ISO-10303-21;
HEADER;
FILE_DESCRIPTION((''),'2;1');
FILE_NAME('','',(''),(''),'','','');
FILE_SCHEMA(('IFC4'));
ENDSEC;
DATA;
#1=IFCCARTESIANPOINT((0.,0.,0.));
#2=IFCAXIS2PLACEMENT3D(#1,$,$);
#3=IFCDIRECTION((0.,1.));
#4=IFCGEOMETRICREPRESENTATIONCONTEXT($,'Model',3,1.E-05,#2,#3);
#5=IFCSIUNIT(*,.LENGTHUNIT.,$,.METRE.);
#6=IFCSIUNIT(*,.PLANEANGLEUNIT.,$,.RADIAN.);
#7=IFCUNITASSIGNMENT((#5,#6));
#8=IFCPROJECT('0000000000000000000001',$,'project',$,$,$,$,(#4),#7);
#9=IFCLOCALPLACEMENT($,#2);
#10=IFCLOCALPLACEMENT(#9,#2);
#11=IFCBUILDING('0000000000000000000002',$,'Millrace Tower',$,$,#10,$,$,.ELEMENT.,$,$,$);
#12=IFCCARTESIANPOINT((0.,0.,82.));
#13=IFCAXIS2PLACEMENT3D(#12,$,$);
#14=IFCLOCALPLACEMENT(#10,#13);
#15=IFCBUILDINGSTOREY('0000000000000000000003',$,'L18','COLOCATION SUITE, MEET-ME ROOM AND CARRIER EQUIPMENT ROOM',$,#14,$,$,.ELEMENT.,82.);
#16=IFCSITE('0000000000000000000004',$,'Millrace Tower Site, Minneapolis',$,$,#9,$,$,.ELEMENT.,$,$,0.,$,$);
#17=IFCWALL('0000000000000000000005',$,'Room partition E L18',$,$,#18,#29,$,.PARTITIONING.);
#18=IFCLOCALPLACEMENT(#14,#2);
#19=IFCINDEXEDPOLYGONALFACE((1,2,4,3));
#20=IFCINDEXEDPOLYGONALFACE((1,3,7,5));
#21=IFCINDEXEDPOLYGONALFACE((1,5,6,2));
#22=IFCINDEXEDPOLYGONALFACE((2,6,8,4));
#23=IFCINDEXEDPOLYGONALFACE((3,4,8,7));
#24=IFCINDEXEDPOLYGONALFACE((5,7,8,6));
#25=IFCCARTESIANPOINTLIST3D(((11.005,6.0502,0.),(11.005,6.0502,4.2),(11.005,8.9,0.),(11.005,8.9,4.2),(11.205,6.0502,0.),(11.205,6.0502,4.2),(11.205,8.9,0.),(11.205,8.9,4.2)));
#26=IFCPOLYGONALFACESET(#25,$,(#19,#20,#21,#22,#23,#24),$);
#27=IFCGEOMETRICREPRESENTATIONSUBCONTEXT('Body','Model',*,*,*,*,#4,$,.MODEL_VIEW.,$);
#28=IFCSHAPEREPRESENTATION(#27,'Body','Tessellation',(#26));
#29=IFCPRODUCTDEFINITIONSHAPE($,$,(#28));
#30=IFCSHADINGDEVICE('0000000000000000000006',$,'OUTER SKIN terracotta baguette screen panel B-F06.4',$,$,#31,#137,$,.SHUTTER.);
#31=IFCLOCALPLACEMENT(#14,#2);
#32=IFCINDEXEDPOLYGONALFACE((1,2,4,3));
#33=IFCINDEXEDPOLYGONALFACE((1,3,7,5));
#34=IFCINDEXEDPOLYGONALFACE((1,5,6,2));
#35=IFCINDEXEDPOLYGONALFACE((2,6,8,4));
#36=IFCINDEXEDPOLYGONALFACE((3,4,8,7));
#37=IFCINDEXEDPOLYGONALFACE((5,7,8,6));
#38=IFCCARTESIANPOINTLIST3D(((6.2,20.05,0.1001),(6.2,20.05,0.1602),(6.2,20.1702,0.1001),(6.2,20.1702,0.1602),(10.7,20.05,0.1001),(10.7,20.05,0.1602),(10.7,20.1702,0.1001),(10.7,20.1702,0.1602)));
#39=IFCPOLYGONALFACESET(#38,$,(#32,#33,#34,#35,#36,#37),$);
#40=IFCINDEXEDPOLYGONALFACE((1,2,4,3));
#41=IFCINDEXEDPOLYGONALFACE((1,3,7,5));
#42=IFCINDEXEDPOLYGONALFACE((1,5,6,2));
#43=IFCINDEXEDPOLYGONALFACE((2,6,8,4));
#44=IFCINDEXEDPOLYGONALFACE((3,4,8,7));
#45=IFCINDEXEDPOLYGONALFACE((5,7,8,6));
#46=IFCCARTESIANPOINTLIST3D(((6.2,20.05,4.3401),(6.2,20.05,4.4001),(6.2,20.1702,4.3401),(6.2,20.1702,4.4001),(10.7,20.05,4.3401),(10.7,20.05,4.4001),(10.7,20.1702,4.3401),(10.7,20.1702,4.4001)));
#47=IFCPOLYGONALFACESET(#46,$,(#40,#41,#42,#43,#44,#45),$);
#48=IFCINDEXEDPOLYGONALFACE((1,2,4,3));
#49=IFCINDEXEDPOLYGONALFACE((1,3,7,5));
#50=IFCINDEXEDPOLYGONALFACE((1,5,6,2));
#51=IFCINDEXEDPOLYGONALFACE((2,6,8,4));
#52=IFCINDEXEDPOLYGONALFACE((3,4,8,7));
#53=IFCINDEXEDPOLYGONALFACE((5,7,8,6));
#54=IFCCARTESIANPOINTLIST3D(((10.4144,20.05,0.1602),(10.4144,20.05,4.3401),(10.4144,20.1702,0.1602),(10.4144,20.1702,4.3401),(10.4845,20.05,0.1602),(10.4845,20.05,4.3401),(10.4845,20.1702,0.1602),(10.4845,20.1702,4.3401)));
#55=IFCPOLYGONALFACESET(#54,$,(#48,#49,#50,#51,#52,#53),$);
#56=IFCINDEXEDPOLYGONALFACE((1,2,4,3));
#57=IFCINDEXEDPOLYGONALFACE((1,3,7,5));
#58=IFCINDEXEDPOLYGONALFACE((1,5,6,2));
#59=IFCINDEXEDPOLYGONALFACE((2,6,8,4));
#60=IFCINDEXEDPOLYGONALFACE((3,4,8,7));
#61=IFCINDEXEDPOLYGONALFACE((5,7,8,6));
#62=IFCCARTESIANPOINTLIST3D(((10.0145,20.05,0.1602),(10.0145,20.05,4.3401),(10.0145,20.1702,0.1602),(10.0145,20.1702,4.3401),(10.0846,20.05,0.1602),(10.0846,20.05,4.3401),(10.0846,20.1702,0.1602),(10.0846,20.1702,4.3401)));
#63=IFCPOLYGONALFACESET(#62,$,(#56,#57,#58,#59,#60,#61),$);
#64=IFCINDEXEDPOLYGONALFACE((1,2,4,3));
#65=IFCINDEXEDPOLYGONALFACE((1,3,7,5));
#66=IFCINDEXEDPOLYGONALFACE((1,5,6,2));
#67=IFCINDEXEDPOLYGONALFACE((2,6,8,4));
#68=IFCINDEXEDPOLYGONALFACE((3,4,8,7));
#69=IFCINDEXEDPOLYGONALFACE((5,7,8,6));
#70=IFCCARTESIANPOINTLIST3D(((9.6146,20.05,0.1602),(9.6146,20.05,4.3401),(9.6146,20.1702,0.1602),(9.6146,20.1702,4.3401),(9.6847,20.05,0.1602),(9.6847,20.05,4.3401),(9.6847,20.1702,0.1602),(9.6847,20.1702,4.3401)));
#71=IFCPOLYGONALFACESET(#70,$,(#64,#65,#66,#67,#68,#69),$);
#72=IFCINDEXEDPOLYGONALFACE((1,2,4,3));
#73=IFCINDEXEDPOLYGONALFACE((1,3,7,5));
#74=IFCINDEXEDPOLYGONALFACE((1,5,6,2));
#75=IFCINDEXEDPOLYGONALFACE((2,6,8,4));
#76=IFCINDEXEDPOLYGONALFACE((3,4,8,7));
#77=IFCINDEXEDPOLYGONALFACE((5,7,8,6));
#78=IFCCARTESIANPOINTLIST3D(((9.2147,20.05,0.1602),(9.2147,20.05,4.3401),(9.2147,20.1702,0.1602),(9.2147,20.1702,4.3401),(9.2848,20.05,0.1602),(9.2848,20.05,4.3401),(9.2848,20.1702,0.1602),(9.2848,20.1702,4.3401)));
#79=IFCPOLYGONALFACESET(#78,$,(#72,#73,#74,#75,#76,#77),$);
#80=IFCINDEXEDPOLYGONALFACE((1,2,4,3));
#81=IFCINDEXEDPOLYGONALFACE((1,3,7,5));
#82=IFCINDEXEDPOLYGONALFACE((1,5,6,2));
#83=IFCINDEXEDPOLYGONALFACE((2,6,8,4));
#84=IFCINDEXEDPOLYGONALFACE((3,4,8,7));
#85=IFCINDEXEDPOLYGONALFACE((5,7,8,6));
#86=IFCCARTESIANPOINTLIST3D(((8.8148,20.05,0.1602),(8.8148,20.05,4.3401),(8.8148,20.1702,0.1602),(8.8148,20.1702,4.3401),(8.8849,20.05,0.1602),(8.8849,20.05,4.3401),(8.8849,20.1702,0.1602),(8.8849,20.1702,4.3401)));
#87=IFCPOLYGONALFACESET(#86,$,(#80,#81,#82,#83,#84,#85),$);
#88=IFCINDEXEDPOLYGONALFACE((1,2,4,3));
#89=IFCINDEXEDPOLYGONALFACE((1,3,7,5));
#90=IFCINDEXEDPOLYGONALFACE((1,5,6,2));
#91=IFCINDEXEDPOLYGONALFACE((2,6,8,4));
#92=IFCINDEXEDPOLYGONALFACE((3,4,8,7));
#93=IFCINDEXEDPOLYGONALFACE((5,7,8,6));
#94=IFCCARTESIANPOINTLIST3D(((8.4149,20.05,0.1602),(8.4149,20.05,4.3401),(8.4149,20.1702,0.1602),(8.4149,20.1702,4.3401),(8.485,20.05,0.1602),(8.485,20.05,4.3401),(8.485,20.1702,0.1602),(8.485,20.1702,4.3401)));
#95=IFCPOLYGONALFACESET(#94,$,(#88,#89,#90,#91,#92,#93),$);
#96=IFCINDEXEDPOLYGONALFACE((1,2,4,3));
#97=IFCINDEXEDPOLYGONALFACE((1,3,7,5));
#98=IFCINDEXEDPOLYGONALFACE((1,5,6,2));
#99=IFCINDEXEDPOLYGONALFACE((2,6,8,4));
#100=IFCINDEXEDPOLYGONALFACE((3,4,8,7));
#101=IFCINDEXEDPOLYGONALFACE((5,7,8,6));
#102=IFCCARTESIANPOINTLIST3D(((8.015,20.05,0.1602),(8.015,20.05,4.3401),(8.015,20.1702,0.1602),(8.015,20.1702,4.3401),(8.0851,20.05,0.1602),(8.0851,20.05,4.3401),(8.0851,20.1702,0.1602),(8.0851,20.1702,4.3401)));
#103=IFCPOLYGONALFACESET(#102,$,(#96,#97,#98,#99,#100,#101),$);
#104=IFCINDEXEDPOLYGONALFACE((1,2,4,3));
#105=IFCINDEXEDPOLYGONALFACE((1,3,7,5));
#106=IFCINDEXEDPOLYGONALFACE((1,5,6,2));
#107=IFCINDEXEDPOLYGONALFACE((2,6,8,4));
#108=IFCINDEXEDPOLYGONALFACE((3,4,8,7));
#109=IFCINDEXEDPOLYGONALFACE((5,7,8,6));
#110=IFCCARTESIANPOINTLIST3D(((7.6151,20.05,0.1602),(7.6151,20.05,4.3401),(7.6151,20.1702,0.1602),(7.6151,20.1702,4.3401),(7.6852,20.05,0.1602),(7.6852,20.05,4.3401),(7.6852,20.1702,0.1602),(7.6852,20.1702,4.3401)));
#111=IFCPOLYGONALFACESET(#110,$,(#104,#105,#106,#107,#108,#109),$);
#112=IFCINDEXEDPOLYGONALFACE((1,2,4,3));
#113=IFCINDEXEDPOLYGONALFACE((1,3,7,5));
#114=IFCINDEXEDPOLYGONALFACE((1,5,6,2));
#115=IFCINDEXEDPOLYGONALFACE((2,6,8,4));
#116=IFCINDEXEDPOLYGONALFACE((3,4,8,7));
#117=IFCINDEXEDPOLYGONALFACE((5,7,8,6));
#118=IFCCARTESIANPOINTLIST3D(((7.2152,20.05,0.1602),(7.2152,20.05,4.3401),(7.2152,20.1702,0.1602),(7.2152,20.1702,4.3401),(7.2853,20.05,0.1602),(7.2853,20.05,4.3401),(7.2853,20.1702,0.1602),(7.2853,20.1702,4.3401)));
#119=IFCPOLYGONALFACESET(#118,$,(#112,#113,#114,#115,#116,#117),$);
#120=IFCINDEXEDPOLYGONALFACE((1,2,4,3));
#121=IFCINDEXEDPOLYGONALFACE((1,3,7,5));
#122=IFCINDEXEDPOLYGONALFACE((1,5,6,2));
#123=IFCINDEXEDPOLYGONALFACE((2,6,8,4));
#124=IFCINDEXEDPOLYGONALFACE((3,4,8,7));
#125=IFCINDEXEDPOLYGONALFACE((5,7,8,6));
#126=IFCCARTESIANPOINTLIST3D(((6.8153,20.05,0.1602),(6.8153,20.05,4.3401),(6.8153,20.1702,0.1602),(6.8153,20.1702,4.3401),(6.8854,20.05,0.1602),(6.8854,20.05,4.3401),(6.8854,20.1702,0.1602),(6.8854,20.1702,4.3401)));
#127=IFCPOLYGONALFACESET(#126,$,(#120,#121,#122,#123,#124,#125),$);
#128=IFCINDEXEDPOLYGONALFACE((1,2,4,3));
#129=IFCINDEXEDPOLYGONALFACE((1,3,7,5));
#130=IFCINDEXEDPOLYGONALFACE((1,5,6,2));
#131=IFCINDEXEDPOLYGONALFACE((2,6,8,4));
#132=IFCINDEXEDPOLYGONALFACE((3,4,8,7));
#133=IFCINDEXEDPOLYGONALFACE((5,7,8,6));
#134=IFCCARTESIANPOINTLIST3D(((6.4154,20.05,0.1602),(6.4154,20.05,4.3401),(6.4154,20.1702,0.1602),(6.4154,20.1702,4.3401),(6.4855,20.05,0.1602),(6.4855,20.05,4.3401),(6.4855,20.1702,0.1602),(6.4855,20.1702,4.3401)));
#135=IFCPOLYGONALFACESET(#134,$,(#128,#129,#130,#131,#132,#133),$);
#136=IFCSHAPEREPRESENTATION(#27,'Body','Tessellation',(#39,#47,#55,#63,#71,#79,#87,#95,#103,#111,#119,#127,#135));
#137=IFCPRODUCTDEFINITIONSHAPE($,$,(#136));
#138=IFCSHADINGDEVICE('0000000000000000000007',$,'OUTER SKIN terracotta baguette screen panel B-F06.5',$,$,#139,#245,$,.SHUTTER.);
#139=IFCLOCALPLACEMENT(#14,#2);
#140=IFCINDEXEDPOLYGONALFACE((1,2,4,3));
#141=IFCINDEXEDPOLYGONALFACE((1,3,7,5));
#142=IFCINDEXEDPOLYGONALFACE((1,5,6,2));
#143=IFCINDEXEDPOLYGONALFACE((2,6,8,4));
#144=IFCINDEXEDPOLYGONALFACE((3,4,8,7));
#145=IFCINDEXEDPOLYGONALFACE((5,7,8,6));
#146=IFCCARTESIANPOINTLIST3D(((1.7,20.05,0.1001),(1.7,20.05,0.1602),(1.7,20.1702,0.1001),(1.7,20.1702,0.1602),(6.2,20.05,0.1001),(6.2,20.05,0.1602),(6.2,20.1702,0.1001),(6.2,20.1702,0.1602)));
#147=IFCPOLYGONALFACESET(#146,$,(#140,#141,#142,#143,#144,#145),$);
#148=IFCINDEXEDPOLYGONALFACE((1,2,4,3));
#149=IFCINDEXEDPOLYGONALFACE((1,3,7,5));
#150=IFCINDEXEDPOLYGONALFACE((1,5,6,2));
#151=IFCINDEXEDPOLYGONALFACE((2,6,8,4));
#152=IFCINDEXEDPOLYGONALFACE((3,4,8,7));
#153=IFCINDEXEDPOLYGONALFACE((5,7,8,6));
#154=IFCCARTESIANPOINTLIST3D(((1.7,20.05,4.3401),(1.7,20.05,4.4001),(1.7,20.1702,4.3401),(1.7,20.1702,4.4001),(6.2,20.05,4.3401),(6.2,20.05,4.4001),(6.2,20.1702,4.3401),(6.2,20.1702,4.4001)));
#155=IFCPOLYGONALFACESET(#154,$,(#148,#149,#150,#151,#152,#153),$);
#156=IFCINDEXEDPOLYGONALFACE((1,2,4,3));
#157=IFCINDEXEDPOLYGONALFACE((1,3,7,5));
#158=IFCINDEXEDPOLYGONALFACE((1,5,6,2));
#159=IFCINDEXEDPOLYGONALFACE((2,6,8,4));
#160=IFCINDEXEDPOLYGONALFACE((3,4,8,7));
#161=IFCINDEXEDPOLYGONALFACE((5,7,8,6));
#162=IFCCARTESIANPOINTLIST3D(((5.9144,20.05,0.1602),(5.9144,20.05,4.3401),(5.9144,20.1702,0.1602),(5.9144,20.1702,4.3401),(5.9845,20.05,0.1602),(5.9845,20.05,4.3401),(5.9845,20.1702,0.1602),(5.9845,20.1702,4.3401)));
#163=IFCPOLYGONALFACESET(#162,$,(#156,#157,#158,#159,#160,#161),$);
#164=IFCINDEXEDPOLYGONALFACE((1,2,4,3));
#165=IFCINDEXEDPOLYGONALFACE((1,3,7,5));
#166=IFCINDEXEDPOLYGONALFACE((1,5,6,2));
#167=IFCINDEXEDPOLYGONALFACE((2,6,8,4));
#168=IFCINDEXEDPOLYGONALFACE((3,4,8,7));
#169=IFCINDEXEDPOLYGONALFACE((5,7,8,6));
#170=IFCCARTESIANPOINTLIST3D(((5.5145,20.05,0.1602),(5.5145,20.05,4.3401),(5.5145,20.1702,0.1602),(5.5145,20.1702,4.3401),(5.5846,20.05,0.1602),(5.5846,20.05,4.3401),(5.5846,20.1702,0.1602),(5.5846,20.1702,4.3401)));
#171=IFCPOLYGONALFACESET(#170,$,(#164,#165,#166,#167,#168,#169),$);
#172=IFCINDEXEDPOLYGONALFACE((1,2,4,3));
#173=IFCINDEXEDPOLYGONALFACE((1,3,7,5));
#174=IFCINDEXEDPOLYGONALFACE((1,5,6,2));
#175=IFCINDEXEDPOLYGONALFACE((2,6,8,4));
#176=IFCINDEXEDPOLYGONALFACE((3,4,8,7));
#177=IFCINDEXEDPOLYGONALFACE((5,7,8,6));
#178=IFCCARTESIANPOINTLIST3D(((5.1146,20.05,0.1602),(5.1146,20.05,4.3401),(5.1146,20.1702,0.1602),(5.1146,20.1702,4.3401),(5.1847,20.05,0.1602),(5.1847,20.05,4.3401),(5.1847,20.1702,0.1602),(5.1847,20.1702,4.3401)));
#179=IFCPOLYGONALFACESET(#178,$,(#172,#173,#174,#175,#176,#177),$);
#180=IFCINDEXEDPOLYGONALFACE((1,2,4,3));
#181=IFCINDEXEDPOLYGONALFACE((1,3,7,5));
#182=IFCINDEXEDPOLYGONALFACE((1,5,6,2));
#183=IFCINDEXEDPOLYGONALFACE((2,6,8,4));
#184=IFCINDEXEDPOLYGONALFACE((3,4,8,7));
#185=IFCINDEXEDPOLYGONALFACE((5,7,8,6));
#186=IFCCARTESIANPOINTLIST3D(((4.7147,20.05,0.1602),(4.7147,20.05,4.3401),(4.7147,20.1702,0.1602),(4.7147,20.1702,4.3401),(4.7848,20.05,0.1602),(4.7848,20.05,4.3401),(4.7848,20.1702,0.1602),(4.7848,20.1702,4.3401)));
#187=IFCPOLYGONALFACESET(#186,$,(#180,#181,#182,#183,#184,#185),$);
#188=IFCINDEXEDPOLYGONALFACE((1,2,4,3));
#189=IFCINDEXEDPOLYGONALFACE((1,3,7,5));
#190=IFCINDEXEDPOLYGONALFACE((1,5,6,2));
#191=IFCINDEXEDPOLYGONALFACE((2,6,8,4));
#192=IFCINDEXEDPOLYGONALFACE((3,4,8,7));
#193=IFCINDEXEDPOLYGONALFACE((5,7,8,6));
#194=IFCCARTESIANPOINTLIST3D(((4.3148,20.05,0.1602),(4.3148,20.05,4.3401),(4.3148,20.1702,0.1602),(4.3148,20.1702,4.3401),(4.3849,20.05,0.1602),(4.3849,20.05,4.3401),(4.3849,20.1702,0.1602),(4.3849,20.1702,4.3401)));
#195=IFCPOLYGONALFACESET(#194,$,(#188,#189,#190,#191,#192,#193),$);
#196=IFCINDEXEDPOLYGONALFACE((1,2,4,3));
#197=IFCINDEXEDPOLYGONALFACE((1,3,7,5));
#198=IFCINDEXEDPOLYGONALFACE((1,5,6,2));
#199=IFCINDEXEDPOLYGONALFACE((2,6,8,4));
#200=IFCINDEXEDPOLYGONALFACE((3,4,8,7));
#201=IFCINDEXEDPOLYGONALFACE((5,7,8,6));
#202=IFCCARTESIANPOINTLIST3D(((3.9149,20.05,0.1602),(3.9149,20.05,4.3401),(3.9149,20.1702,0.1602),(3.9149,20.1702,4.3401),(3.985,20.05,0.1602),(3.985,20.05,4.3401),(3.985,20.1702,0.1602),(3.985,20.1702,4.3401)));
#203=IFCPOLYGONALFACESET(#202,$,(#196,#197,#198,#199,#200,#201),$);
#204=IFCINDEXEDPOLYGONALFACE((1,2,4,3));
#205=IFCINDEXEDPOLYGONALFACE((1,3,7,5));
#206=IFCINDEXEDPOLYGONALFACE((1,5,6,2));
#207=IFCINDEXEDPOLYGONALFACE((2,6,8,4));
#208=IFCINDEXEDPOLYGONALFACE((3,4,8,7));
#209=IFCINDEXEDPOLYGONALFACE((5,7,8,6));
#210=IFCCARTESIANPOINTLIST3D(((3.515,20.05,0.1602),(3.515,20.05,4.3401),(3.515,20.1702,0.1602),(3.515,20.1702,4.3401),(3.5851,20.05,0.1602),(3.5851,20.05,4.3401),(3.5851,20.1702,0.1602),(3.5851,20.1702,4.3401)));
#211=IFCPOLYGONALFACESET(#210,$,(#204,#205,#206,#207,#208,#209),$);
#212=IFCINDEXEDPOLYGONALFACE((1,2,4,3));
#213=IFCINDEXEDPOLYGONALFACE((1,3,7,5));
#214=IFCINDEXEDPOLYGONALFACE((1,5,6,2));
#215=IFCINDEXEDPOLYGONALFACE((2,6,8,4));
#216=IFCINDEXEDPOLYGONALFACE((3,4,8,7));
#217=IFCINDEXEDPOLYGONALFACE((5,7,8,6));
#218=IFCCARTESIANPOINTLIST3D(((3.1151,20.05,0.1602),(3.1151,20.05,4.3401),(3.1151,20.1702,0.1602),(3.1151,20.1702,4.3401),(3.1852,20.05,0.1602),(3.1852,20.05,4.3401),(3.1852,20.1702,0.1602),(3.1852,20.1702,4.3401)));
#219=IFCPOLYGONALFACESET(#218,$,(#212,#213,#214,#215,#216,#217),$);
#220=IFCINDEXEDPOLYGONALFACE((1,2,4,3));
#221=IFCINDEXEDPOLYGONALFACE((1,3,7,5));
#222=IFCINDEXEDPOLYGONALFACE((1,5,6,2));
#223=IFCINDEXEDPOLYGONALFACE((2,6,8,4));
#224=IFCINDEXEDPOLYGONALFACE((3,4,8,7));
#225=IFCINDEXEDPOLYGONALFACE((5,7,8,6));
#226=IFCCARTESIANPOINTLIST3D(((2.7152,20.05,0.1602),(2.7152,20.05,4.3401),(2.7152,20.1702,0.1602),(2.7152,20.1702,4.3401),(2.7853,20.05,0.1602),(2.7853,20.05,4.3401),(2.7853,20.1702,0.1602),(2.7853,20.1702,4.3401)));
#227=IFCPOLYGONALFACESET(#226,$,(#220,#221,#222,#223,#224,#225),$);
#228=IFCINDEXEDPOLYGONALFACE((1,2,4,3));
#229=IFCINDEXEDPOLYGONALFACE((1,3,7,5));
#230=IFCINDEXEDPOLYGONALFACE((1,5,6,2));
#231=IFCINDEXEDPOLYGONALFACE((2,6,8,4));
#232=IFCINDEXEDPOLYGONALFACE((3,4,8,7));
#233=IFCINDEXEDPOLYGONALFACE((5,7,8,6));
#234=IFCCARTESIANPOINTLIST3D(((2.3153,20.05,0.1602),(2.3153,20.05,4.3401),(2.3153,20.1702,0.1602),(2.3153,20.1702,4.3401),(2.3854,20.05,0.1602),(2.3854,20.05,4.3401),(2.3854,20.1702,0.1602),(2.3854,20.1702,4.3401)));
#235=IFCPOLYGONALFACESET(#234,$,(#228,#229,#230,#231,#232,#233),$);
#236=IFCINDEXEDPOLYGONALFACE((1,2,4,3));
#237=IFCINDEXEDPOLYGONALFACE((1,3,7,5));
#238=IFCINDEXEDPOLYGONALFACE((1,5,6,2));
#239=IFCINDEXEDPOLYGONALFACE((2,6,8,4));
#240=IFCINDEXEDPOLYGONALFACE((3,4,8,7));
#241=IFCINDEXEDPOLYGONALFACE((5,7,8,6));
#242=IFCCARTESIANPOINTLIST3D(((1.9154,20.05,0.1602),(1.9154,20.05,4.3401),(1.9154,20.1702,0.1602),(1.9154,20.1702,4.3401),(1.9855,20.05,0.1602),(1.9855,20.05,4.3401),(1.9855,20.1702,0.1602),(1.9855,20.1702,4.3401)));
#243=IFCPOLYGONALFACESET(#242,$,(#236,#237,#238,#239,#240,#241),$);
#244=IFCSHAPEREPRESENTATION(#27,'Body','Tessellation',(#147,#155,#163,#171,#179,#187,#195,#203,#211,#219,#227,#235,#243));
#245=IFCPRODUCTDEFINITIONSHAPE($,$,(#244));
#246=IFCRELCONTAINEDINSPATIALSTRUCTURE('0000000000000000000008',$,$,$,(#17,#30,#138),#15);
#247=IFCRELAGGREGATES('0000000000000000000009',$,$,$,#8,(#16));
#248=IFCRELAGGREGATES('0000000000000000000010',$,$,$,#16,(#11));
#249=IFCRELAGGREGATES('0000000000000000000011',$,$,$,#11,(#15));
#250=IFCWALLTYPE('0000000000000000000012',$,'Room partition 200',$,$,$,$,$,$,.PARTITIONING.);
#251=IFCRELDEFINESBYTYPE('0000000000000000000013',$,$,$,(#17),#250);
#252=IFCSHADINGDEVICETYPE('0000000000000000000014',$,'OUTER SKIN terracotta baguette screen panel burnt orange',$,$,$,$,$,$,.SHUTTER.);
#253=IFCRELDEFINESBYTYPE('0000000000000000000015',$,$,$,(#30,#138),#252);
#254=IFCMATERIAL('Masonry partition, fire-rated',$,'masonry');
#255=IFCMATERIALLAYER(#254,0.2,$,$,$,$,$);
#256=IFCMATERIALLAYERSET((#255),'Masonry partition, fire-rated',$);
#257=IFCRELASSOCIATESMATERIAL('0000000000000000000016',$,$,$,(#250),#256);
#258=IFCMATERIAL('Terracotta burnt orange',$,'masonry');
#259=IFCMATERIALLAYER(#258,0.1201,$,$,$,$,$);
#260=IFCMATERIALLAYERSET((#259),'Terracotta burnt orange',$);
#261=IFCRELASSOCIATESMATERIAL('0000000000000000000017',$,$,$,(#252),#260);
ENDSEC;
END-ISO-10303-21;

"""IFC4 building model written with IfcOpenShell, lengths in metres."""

from ifc_helpers import new_model, entity, si_unit, direction, frame, frame_2d, origin, origin_2d, place, context, subcontext, project, spatial, rectangle, extrude, source, transform, mapped, material, layer, layer_set, type_object, element, save


model = new_model("IFC4")

# Units and contexts
model_context = context("Model", 3, precision=1e-05, world=origin(), true_north=direction((0.0, 1.0)))
body_context = subcontext(model_context, "Body", "Model", "MODEL_VIEW")
ifc_project = project(units=[si_unit("LENGTHUNIT", "METRE"), si_unit("PLANEANGLEUNIT", "RADIAN")], contexts=[model_context])

# Site, building, storey
site_placement = place(None, origin())
site = spatial("IfcSite", under=ifc_project, at=site_placement, Name="Millrace Tower Site, Minneapolis", CompositionType="ELEMENT", RefElevation=0.0)
building_placement = place(site_placement, origin())
building = spatial("IfcBuilding", under=site, at=building_placement, Name="Millrace Tower", CompositionType="ELEMENT")
storey_placement = place(building_placement, frame((0.0, 0.0, 82.0)))
storey = spatial("IfcBuildingStorey", under=building, at=storey_placement, Name="L18", Description="COLOCATION SUITE, MEET-ME ROOM AND CARRIER EQUIPMENT ROOM", CompositionType="ELEMENT", Elevation=82.0)

# Wall
ifc_material_1 = material(Name="Masonry partition, fire-rated", Category="masonry")
ifc_layer_1 = layer(ifc_material_1, 0.2)
ifc_layer_set_1 = layer_set([ifc_layer_1], Name="Masonry partition, fire-rated")
wall_type_1 = type_object("IfcWallType", Name="Room partition 200", PredefinedType="PARTITIONING", material=ifc_layer_set_1)
wall_1_placement = place(storey_placement, frame((11.105, 8.8999, 0.0), z_axis=(0.0, 0.0, 1.0), x_axis=(0.0, -1.0, 0.0)))
element("IfcWall", 1, at=wall_1_placement, inside=storey, type_object=wall_type_1, Name="Room partition E L18", PredefinedType="PARTITIONING", context=body_context, shape_type="SweptSolid", body=[
    extrude(rectangle(XDim=2.8499, YDim=0.2, at=frame_2d((1.4248, 0.0))), origin(), (0.0, 0.0, 1.0), 4.2),
])

# Shading devices
ifc_material_2 = material(Name="Terracotta burnt orange", Category="masonry")
ifc_layer_2 = layer(ifc_material_2, 0.1201)
ifc_layer_set_2 = layer_set([ifc_layer_2], Name="Terracotta burnt orange")
shading_device_type = type_object("IfcShadingDeviceType", Name="OUTER SKIN terracotta baguette screen panel burnt orange", PredefinedType="SHUTTER", material=ifc_layer_set_2)
cartesian_point = entity("IfcCartesianPoint", [-2.25, 0.0601])
shared_polyline = entity("IfcPolyline", [cartesian_point, entity("IfcCartesianPoint", [2.25, 0.0601]), entity("IfcCartesianPoint", [2.25, -0.0601]), entity("IfcCartesianPoint", [-2.25, -0.0601]), cartesian_point])
shared_shape = source(origin(), body_context, "Body", "SweptSolid", [
    entity("IfcExtrudedAreaSolid", entity("IfcArbitraryClosedProfileDef", "AREA", None, shared_polyline), entity("IfcAxis2Placement3D", entity("IfcCartesianPoint", [0.0, 0.0, 0.0])), entity("IfcDirection", [0.0, 0.0, 1.0]), 0.0601),
    entity("IfcExtrudedAreaSolid", entity("IfcArbitraryClosedProfileDef", "AREA", None, shared_polyline), entity("IfcAxis2Placement3D", entity("IfcCartesianPoint", [0.0, 0.0, 4.24])), entity("IfcDirection", [0.0, 0.0, 1.0]), 0.0601),
    extrude(rectangle(XDim=0.0701, YDim=0.1201, at=frame_2d((-1.9995, 0.0))), frame((0.0, 0.0, 0.0601)), (0.0, 0.0, 1.0), 4.1799),
    extrude(rectangle(XDim=0.0701, YDim=0.1201, at=frame_2d((-1.5996, 0.0))), frame((0.0, 0.0, 0.0601)), (0.0, 0.0, 1.0), 4.1799),
    extrude(rectangle(XDim=0.0701, YDim=0.1201, at=frame_2d((-1.1997, 0.0))), frame((0.0, 0.0, 0.0601)), (0.0, 0.0, 1.0), 4.1799),
    extrude(rectangle(XDim=0.0701, YDim=0.1201, at=frame_2d((-0.7998, 0.0))), frame((0.0, 0.0, 0.0601)), (0.0, 0.0, 1.0), 4.1799),
    extrude(rectangle(XDim=0.0701, YDim=0.1201, at=frame_2d((-0.3999, 0.0))), frame((0.0, 0.0, 0.0601)), (0.0, 0.0, 1.0), 4.1799),
    extrude(rectangle(XDim=0.0701, YDim=0.1201, at=origin_2d()), frame((0.0, 0.0, 0.0601)), (0.0, 0.0, 1.0), 4.1799),
    extrude(rectangle(XDim=0.0701, YDim=0.1201, at=frame_2d((0.3999, 0.0))), frame((0.0, 0.0, 0.0601)), (0.0, 0.0, 1.0), 4.1799),
    extrude(rectangle(XDim=0.0701, YDim=0.1201, at=frame_2d((0.7998, 0.0))), frame((0.0, 0.0, 0.0601)), (0.0, 0.0, 1.0), 4.1799),
    extrude(rectangle(XDim=0.0701, YDim=0.1201, at=frame_2d((1.1997, 0.0))), frame((0.0, 0.0, 0.0601)), (0.0, 0.0, 1.0), 4.1799),
    extrude(rectangle(XDim=0.0701, YDim=0.1201, at=frame_2d((1.5996, 0.0))), frame((0.0, 0.0, 0.0601)), (0.0, 0.0, 1.0), 4.1799),
    extrude(rectangle(XDim=0.0701, YDim=0.1201, at=frame_2d((1.9995, 0.0))), frame((0.0, 0.0, 0.0601)), (0.0, 0.0, 1.0), 4.1799),
])
for number, where, z_axis, x_axis, name in (
    (2, (8.45, 20.1101, 0.1001), (0.0, 0.0, 1.0), (-1.0, 0.0, 0.0), "OUTER SKIN terracotta baguette screen panel B-F06.4"),
    (3, (3.95, 20.1101, 0.1001), (0.0, 0.0, 1.0), (-1.0, 0.0, 0.0), "OUTER SKIN terracotta baguette screen panel B-F06.5"),
):
    element("IfcShadingDevice", number, at=place(storey_placement, frame(where, z_axis=z_axis, x_axis=x_axis)), inside=storey, type_object=shading_device_type, Name=name, PredefinedType="SHUTTER", context=body_context, shape_type="MappedRepresentation", body=[
        mapped(shared_shape, transform((0.0, 0.0, 0.0), scale=1.0)),
    ])

save(model, "model.ifc")
